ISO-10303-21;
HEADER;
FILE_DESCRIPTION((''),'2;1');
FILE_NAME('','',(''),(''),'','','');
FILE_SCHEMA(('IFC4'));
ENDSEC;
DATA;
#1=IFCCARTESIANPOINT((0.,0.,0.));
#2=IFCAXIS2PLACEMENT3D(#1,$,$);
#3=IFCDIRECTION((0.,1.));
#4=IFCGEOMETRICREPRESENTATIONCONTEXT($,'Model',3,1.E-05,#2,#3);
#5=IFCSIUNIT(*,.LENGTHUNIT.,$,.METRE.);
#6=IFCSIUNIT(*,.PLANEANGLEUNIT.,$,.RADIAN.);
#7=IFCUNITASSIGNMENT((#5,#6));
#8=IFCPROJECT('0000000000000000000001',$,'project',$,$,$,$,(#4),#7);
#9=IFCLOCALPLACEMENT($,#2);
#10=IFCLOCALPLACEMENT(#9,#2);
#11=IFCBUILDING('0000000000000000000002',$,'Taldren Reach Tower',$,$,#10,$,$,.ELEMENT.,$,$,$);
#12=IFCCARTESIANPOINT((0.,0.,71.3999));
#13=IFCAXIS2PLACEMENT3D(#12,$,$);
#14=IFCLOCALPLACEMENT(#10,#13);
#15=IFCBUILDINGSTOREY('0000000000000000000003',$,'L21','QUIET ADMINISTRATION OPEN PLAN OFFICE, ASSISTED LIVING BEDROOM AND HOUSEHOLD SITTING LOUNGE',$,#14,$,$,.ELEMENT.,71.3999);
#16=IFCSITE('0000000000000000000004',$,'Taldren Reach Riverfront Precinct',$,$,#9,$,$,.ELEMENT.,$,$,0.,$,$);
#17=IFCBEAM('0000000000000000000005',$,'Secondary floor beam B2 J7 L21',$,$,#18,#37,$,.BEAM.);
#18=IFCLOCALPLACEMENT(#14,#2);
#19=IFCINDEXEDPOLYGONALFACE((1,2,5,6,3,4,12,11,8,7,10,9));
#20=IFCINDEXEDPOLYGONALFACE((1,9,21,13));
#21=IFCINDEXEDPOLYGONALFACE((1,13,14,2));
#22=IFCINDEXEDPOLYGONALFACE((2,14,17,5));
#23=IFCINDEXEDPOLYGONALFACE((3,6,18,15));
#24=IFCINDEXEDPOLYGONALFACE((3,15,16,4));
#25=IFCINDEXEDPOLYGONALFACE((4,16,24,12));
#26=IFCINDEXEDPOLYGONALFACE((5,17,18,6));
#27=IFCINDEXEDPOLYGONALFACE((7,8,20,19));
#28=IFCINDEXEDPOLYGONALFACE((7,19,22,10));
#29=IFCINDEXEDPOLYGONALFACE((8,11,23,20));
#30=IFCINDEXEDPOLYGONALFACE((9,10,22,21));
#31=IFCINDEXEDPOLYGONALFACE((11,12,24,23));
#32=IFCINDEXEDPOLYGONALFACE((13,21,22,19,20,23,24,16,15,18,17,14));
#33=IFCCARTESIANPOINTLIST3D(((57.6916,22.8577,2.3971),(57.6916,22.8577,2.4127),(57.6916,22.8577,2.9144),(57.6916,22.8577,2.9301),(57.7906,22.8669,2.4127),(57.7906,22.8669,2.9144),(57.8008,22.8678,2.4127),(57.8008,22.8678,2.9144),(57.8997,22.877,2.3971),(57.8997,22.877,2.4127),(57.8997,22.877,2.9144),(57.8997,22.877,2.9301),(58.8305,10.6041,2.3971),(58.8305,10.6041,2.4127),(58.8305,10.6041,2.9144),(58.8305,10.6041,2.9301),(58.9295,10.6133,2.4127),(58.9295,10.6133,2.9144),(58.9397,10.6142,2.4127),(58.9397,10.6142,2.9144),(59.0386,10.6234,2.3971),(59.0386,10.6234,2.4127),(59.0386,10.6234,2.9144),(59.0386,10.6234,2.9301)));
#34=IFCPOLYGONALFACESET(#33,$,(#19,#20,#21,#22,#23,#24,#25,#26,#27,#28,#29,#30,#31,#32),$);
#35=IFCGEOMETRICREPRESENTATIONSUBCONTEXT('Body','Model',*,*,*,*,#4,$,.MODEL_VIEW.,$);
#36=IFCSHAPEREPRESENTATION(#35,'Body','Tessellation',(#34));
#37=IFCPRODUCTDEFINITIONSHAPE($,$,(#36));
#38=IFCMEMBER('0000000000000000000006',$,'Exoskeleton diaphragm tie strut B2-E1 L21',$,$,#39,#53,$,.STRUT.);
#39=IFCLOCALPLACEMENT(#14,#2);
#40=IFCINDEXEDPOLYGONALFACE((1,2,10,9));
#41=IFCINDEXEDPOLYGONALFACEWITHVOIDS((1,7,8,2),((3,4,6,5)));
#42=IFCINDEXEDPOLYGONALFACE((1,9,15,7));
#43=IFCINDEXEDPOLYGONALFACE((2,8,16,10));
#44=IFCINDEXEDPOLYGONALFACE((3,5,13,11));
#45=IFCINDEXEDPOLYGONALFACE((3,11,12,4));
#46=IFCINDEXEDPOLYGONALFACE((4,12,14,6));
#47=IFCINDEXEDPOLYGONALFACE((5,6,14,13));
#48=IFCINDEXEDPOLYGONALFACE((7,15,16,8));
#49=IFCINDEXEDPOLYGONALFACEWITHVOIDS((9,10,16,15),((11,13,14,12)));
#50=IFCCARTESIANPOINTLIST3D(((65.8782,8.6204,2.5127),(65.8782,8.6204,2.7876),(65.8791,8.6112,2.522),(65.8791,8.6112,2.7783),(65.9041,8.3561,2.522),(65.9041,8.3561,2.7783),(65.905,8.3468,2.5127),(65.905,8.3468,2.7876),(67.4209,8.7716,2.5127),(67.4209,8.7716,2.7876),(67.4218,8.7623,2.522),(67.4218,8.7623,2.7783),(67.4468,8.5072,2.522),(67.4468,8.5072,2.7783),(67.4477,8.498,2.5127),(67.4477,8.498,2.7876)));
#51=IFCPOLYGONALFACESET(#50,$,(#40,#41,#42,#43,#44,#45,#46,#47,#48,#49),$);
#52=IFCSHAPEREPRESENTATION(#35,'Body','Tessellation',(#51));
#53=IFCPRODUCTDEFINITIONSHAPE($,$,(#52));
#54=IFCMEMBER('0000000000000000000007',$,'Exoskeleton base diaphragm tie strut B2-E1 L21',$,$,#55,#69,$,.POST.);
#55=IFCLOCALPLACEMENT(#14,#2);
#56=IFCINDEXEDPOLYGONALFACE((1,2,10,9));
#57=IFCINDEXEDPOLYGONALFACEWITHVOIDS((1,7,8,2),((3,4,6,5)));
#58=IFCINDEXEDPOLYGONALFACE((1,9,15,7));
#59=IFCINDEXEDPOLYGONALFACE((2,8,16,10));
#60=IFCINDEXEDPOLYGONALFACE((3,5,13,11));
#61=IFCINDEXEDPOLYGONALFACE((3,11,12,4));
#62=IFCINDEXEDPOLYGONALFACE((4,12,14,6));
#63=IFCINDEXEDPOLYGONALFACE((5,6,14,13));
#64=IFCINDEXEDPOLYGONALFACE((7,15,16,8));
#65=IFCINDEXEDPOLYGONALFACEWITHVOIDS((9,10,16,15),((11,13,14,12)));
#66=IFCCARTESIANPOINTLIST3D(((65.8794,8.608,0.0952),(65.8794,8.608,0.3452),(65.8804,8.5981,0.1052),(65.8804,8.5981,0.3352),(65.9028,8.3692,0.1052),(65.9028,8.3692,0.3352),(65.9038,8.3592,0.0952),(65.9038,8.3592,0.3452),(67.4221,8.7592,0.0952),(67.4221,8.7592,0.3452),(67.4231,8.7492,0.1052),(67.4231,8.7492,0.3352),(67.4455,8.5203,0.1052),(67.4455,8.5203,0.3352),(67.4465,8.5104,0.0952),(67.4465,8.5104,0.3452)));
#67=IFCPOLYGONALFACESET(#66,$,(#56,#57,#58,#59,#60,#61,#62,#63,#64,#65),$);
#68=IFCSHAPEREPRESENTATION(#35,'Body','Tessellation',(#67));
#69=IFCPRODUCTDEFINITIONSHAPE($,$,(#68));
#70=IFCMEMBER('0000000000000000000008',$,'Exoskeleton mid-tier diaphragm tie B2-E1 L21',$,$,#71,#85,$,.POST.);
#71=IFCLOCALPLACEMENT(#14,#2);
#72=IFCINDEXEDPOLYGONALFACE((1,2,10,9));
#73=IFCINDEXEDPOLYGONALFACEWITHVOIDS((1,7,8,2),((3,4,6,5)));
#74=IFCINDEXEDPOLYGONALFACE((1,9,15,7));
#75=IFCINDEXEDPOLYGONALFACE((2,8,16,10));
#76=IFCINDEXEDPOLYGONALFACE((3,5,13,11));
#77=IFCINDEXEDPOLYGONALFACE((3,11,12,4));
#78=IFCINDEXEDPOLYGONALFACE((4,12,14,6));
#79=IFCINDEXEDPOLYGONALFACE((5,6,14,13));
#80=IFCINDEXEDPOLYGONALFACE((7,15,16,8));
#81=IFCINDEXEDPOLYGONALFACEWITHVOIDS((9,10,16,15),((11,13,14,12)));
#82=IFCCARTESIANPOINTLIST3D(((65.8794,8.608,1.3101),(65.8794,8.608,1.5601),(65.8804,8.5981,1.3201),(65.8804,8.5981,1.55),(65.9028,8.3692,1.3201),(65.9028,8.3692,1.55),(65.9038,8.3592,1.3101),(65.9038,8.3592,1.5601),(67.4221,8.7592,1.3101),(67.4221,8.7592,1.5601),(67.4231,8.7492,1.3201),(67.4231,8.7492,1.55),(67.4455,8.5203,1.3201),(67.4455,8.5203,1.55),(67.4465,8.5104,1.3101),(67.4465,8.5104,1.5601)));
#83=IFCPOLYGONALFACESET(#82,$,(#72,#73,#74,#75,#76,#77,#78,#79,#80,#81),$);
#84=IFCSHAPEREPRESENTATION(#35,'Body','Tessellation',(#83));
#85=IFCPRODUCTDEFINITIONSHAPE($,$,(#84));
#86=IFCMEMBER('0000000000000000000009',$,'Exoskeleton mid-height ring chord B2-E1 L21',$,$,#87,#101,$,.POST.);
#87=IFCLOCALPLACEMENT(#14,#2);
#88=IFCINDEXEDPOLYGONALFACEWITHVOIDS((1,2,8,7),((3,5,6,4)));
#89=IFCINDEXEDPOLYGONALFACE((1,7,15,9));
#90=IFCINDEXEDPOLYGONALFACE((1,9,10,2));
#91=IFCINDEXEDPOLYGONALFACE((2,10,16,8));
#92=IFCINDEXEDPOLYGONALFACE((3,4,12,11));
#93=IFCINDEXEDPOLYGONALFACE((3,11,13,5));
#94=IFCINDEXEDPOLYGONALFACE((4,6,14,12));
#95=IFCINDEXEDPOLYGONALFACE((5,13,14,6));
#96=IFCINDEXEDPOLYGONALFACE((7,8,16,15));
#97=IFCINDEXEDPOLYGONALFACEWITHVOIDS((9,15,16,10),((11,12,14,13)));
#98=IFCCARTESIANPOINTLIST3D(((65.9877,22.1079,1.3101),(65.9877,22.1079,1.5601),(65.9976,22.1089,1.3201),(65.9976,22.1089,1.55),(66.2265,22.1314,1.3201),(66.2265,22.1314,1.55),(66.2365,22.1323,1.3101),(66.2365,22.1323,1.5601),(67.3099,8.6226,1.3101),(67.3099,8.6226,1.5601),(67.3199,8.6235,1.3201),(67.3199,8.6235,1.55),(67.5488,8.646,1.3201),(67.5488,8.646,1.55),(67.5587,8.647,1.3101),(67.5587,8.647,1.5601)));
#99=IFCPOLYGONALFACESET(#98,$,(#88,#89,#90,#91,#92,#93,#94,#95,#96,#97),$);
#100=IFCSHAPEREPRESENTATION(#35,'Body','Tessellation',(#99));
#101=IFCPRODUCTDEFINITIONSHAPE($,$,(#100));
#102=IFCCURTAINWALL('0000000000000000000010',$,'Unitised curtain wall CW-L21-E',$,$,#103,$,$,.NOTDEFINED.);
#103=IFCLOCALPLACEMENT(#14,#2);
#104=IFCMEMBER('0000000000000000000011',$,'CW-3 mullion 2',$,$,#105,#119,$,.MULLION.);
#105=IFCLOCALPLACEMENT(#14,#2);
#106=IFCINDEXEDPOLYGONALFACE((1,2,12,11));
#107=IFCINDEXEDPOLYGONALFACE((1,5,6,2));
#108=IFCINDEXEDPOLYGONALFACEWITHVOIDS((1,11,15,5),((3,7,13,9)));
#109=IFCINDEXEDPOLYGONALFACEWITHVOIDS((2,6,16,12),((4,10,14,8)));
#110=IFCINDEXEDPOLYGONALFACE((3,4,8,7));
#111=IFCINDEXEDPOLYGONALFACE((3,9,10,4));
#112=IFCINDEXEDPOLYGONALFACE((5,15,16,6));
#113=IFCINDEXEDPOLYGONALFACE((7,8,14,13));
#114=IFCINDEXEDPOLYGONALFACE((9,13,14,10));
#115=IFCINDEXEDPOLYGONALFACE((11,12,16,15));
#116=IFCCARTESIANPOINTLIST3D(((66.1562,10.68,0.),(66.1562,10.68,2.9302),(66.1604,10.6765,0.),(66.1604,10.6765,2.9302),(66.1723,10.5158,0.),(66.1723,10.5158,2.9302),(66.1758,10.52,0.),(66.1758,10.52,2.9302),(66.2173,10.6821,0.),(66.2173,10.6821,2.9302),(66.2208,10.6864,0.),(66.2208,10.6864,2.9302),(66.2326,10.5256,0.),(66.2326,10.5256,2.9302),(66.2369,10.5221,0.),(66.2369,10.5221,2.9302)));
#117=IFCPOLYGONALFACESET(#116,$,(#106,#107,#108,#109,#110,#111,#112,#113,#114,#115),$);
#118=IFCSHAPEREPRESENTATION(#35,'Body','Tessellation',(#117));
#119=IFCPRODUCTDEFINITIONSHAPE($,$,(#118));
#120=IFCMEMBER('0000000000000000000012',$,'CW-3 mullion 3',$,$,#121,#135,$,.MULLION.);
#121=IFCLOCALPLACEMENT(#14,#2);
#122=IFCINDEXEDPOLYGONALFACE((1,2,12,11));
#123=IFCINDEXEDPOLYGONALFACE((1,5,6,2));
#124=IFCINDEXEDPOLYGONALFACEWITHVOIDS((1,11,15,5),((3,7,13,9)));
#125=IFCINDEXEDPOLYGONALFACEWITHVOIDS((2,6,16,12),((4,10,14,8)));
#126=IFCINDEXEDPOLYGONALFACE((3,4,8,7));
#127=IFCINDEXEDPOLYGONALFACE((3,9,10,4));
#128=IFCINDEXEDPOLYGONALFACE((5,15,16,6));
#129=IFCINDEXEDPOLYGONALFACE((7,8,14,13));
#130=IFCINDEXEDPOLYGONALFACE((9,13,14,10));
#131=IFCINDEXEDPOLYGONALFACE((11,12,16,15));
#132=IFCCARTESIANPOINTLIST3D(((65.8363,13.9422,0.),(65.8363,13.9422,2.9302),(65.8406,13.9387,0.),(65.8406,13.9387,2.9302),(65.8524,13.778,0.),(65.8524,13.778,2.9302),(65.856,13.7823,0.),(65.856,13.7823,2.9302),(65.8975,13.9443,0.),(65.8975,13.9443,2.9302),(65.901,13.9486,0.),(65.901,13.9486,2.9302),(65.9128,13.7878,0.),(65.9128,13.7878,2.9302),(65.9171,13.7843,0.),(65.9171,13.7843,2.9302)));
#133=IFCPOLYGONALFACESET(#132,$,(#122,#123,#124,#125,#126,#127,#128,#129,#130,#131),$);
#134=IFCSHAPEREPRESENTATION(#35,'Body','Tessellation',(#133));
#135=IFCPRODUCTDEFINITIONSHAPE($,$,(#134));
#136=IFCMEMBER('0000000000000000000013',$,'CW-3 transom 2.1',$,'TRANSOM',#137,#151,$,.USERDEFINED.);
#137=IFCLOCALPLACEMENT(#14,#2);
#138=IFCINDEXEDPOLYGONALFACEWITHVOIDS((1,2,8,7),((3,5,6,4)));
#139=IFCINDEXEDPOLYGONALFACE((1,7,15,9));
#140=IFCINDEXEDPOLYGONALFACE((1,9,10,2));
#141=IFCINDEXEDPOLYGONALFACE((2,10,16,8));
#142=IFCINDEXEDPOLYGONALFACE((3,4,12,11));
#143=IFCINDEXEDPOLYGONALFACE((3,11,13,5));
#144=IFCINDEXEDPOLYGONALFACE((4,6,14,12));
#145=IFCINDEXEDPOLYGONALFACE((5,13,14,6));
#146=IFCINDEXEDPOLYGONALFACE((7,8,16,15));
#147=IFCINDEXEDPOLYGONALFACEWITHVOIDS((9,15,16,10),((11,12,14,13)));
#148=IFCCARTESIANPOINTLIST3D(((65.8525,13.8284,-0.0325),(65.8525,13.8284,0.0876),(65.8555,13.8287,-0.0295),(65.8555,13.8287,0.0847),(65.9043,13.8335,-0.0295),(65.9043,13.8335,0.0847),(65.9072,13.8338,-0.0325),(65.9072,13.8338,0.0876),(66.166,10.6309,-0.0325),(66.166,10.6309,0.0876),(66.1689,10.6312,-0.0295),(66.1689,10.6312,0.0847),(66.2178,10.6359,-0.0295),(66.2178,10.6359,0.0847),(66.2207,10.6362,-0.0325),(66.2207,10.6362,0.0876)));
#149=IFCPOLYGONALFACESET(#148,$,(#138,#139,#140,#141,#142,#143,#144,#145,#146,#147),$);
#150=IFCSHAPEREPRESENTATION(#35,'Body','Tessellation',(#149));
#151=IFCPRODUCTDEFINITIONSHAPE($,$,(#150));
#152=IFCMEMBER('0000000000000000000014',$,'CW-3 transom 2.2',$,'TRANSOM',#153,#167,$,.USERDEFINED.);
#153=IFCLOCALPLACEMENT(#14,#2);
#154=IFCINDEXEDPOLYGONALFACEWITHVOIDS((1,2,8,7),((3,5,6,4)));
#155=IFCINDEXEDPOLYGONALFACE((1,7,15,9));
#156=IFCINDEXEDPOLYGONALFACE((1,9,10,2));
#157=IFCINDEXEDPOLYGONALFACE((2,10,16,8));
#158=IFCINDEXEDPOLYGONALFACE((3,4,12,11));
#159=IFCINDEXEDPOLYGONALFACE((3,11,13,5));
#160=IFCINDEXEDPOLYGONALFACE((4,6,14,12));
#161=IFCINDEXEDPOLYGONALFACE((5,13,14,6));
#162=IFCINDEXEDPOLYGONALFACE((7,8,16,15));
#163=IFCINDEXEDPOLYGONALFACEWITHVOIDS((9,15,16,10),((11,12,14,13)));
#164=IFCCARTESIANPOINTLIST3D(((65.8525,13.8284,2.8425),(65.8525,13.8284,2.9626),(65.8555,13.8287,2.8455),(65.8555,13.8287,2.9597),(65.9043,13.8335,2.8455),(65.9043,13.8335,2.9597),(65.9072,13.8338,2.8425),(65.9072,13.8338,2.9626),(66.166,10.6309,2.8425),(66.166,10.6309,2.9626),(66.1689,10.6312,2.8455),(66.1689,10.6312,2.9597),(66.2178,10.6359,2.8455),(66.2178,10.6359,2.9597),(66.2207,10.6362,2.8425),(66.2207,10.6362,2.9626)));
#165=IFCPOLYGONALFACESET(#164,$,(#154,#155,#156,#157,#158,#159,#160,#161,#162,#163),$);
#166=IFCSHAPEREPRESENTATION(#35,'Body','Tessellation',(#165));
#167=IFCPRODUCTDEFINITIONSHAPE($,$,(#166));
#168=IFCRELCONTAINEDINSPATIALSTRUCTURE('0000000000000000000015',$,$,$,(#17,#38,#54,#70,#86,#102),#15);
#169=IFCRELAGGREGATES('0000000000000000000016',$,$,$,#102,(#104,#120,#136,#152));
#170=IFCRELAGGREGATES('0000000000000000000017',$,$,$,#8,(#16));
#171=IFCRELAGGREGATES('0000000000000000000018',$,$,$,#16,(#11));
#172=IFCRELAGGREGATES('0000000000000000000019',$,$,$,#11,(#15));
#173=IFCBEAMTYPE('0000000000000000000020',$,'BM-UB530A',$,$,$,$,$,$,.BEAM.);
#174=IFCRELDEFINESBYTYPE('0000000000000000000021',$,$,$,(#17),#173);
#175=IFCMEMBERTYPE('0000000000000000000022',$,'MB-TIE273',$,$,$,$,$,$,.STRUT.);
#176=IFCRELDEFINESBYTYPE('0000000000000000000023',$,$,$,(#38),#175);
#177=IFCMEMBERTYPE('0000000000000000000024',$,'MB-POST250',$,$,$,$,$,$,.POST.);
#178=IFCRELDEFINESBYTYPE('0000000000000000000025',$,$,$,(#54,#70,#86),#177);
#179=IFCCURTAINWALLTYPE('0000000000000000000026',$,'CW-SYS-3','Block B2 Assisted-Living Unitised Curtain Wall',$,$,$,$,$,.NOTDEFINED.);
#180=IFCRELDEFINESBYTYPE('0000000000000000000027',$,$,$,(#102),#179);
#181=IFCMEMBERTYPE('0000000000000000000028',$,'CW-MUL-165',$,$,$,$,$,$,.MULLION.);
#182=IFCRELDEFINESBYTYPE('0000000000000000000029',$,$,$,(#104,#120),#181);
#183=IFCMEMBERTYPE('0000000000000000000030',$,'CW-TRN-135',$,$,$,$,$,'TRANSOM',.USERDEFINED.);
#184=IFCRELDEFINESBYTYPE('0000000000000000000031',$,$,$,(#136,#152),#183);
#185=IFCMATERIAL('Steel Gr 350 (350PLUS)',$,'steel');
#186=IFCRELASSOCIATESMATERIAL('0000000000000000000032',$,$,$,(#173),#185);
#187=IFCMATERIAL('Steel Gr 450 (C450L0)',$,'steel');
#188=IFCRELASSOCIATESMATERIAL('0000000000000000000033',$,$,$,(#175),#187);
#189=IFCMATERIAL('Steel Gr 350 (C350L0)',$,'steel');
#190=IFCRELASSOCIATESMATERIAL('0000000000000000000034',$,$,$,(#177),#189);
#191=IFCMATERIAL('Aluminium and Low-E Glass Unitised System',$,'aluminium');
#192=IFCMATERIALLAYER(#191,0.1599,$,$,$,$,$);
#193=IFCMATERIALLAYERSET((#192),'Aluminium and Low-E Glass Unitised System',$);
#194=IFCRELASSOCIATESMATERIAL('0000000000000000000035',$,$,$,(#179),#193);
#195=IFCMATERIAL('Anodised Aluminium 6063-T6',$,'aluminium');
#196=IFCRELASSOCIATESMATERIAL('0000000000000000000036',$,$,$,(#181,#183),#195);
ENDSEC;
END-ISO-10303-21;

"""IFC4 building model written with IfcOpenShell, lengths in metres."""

from ifc_helpers import new_model, si_unit, direction, frame, origin, origin_2d, place, context, subcontext, project, spatial, hollow_rectangle, i_section, extrude, source, transform, mapped, material, layer, layer_set, material_profile, profile_set, type_object, element, aggregate, save


model = new_model("IFC4")

# Units and contexts
model_context = context("Model", 3, precision=1e-05, world=origin(), true_north=direction((0.0, 1.0)))
body_context = subcontext(model_context, "Body", "Model", "MODEL_VIEW")
ifc_project = project(units=[si_unit("LENGTHUNIT", "METRE"), si_unit("PLANEANGLEUNIT", "RADIAN")], contexts=[model_context])

# Site, building, storey
site_placement = place(None, origin())
site = spatial("IfcSite", under=ifc_project, at=site_placement, Name="Taldren Reach Riverfront Precinct", CompositionType="ELEMENT", RefElevation=0.0)
building_placement = place(site_placement, origin())
building = spatial("IfcBuilding", under=site, at=building_placement, Name="Taldren Reach Tower", CompositionType="ELEMENT")
storey_placement = place(building_placement, frame((0.0, 0.0, 71.3999)))
storey = spatial("IfcBuildingStorey", under=building, at=storey_placement, Name="L21", Description="QUIET ADMINISTRATION OPEN PLAN OFFICE, ASSISTED LIVING BEDROOM AND HOUSEHOLD SITTING LOUNGE", CompositionType="ELEMENT", Elevation=71.3999)

# Beam
ifc_material_1 = material(Name="Steel Gr 350 (350PLUS)", Category="steel")
ifc_material_profile_1 = material_profile(ifc_material_1, i_section(OverallWidth=0.209, OverallDepth=0.533, WebThickness=0.0103, FlangeThickness=0.0156, at=origin_2d()), Name="530UB92.4")
ifc_profile_set_1 = profile_set([ifc_material_profile_1], Name="Steel Gr 350 (350PLUS)")
beam_type = type_object("IfcBeamType", Name="BM-UB530A", PredefinedType="BEAM", material=ifc_profile_set_1)
shared_shape_1 = source(origin(), body_context, "Body", "SweptSolid", [
    extrude(i_section(OverallWidth=0.209, OverallDepth=0.533, WebThickness=0.0103, FlangeThickness=0.0156, at=origin_2d()), origin(), (0.0, 0.0, 1.0), 12.3064),
])
beam_placement = place(storey_placement, frame((58.9346, 10.6138, 2.6636), z_axis=(-0.092546, 0.995708, 0.0), x_axis=(-0.995708, -0.092546, 0.0)))
element("IfcBeam", 1, at=beam_placement, inside=storey, type_object=beam_type, Name="Secondary floor beam B2 J7 L21", PredefinedType="BEAM", context=body_context, shape_type="MappedRepresentation", body=[
    mapped(shared_shape_1, transform((0.0, 0.0, 0.0), scale=1.0)),
])

# Members
ifc_material_2 = material(Name="Steel Gr 450 (C450L0)", Category="steel")
ifc_material_profile_2 = material_profile(ifc_material_2, hollow_rectangle(XDim=0.2749, YDim=0.2749, WallThickness=0.0093, at=origin_2d()), Name="275x275x9.3SHS")
ifc_profile_set_2 = profile_set([ifc_material_profile_2], Name="Steel Gr 450 (C450L0)")
member_type_1 = type_object("IfcMemberType", Name="MB-TIE273", PredefinedType="STRUT", material=ifc_profile_set_2)
shared_shape_2 = source(origin(), body_context, "Body", "SweptSolid", [
    extrude(hollow_rectangle(XDim=0.2749, YDim=0.2749, WallThickness=0.0093, at=origin_2d()), origin(), (0.0, 0.0, 1.0), 1.55),
])
member_1_placement = place(storey_placement, frame((65.8916, 8.4836, 2.6501), z_axis=(0.995236, 0.097492, 0.0), x_axis=(-0.097492, 0.995236, 0.0)))
element("IfcMember", 2, at=member_1_placement, inside=storey, type_object=member_type_1, Name="Exoskeleton diaphragm tie strut B2-E1 L21", PredefinedType="STRUT", context=body_context, shape_type="MappedRepresentation", body=[
    mapped(shared_shape_2, transform((0.0, 0.0, 0.0), scale=1.0)),
])
ifc_material_3 = material(Name="Steel Gr 350 (C350L0)", Category="steel")
ifc_material_profile_3 = material_profile(ifc_material_3, hollow_rectangle(XDim=0.25, YDim=0.25, WallThickness=0.01, at=origin_2d()), Name="250x250x10.0SHS")
ifc_profile_set_3 = profile_set([ifc_material_profile_3], Name="Steel Gr 350 (C350L0)")
member_type_2 = type_object("IfcMemberType", Name="MB-POST250", PredefinedType="POST", material=ifc_profile_set_3)
shared_shape_3 = source(origin(), body_context, "Body", "SweptSolid", [
    extrude(hollow_rectangle(XDim=0.25, YDim=0.25, WallThickness=0.01, at=origin_2d()), origin(), (0.0, 0.0, 1.0), 1.55),
])
for number, where, z_axis, x_axis, name in (
    (3, (65.8916, 8.4836, 0.2202), (0.995236, 0.097492, 0.0), (-0.097492, 0.995236, 0.0), "Exoskeleton base diaphragm tie strut B2-E1 L21"),
    (4, (65.8916, 8.4836, 1.4351), (0.995236, 0.097492, 0.0), (-0.097492, 0.995236, 0.0), "Exoskeleton mid-tier diaphragm tie B2-E1 L21"),
):
    element("IfcMember", number, at=place(storey_placement, frame(where, z_axis=z_axis, x_axis=x_axis)), inside=storey, type_object=member_type_2, Name=name, PredefinedType="POST", context=body_context, shape_type="MappedRepresentation", body=[
        mapped(shared_shape_3, transform((0.0, 0.0, 0.0), scale=1.0)),
    ])
shared_shape_4 = source(origin(), body_context, "Body", "SweptSolid", [
    extrude(hollow_rectangle(XDim=0.25, YDim=0.25, WallThickness=0.01, at=origin_2d()), origin(), (0.0, 0.0, 1.0), 13.55),
])
member_2_placement = place(storey_placement, frame((67.4343, 8.6348, 1.4351), z_axis=(-0.097584, 0.995227, 0.0), x_axis=(-0.995227, -0.097584, 0.0)))
element("IfcMember", 5, at=member_2_placement, inside=storey, type_object=member_type_2, Name="Exoskeleton mid-height ring chord B2-E1 L21", PredefinedType="POST", context=body_context, shape_type="MappedRepresentation", body=[
    mapped(shared_shape_4, transform((0.0, 0.0, 0.0), scale=1.0)),
])

# Curtain wall, members
ifc_material_4 = material(Name="Aluminium and Low-E Glass Unitised System", Category="aluminium")
ifc_layer_1 = layer(ifc_material_4, 0.1599)
ifc_layer_set_1 = layer_set([ifc_layer_1], Name="Aluminium and Low-E Glass Unitised System")
curtain_wall_type = type_object("IfcCurtainWallType", Name="CW-SYS-3", Description="Block B2 Assisted-Living Unitised Curtain Wall", PredefinedType="NOTDEFINED", material=ifc_layer_set_1)
curtain_wall_placement = place(storey_placement, origin())
curtain_wall = element("IfcCurtainWall", 6, at=curtain_wall_placement, inside=storey, type_object=curtain_wall_type, Name="Unitised curtain wall CW-L21-E", PredefinedType="NOTDEFINED")
ifc_material_5 = material(Name="Anodised Aluminium 6063-T6", Category="aluminium")
ifc_material_profile_4 = material_profile(ifc_material_5, hollow_rectangle(XDim=0.0649, YDim=0.165, WallThickness=0.0039, at=origin_2d()), Name="ALU-165x65x4RHS")
ifc_profile_set_4 = profile_set([ifc_material_profile_4], Name="Anodised Aluminium 6063-T6")
member_type_3 = type_object("IfcMemberType", Name="CW-MUL-165", PredefinedType="MULLION", material=ifc_profile_set_4)
shared_shape_5 = source(origin(), body_context, "Body", "SweptSolid", [
    extrude(hollow_rectangle(XDim=0.0649, YDim=0.165, WallThickness=0.0039, at=origin_2d()), origin(), (0.0, 0.0, 1.0), 2.9302),
])
member_3_placement = place(storey_placement, frame((66.1965, 10.6011, 0.0), z_axis=(0.0, 0.0, 1.0), x_axis=(-0.995227, -0.097583, 0.0)))
member_3 = element("IfcMember", 7, at=member_3_placement, type_object=member_type_3, Name="CW-3 mullion 2", PredefinedType="MULLION", context=body_context, shape_type="MappedRepresentation", body=[
    mapped(shared_shape_5, transform((0.0, 0.0, 0.0), scale=1.0)),
])
member_4_placement = place(storey_placement, frame((65.8767, 13.8633, 0.0), z_axis=(0.0, 0.0, 1.0), x_axis=(-0.995227, -0.097583, 0.0)))
member_4 = element("IfcMember", 8, at=member_4_placement, type_object=member_type_3, Name="CW-3 mullion 3", PredefinedType="MULLION", context=body_context, shape_type="MappedRepresentation", body=[
    mapped(shared_shape_5, transform((0.0, 0.0, 0.0), scale=1.0)),
])
ifc_material_profile_5 = material_profile(ifc_material_5, hollow_rectangle(XDim=0.0549, YDim=0.1201, WallThickness=0.0029, at=origin_2d()), Name="ALU-120x55x3RHS")
ifc_profile_set_5 = profile_set([ifc_material_profile_5], Name="Anodised Aluminium 6063-T6")
member_type_4 = type_object("IfcMemberType", Name="CW-TRN-135", ElementType="TRANSOM", PredefinedType="USERDEFINED", material=ifc_profile_set_5)
shared_shape_6 = source(origin(), body_context, "Body", "SweptSolid", [
    extrude(hollow_rectangle(XDim=0.0549, YDim=0.1201, WallThickness=0.0029, at=origin_2d()), origin(), (0.0, 0.0, 1.0), 3.2129),
])
member_5_placement = place(storey_placement, frame((66.1934, 10.6335, 0.0276), z_axis=(-0.09757, 0.995229, 0.0), x_axis=(-0.995229, -0.09757, 0.0)))
member_5 = element("IfcMember", 9, at=member_5_placement, type_object=member_type_4, Name="CW-3 transom 2.1", ObjectType="TRANSOM", PredefinedType="USERDEFINED", context=body_context, shape_type="MappedRepresentation", body=[
    mapped(shared_shape_6, transform((0.0, 0.0, 0.0), scale=1.0)),
])
member_6_placement = place(storey_placement, frame((66.1934, 10.6335, 2.9026), z_axis=(-0.09757, 0.995229, 0.0), x_axis=(-0.995229, -0.09757, 0.0)))
member_6 = element("IfcMember", 10, at=member_6_placement, type_object=member_type_4, Name="CW-3 transom 2.2", ObjectType="TRANSOM", PredefinedType="USERDEFINED", context=body_context, shape_type="MappedRepresentation", body=[
    mapped(shared_shape_6, transform((0.0, 0.0, 0.0), scale=1.0)),
])

aggregate(curtain_wall, [member_3, member_4, member_5, member_6])

save(model, "model.ifc")
